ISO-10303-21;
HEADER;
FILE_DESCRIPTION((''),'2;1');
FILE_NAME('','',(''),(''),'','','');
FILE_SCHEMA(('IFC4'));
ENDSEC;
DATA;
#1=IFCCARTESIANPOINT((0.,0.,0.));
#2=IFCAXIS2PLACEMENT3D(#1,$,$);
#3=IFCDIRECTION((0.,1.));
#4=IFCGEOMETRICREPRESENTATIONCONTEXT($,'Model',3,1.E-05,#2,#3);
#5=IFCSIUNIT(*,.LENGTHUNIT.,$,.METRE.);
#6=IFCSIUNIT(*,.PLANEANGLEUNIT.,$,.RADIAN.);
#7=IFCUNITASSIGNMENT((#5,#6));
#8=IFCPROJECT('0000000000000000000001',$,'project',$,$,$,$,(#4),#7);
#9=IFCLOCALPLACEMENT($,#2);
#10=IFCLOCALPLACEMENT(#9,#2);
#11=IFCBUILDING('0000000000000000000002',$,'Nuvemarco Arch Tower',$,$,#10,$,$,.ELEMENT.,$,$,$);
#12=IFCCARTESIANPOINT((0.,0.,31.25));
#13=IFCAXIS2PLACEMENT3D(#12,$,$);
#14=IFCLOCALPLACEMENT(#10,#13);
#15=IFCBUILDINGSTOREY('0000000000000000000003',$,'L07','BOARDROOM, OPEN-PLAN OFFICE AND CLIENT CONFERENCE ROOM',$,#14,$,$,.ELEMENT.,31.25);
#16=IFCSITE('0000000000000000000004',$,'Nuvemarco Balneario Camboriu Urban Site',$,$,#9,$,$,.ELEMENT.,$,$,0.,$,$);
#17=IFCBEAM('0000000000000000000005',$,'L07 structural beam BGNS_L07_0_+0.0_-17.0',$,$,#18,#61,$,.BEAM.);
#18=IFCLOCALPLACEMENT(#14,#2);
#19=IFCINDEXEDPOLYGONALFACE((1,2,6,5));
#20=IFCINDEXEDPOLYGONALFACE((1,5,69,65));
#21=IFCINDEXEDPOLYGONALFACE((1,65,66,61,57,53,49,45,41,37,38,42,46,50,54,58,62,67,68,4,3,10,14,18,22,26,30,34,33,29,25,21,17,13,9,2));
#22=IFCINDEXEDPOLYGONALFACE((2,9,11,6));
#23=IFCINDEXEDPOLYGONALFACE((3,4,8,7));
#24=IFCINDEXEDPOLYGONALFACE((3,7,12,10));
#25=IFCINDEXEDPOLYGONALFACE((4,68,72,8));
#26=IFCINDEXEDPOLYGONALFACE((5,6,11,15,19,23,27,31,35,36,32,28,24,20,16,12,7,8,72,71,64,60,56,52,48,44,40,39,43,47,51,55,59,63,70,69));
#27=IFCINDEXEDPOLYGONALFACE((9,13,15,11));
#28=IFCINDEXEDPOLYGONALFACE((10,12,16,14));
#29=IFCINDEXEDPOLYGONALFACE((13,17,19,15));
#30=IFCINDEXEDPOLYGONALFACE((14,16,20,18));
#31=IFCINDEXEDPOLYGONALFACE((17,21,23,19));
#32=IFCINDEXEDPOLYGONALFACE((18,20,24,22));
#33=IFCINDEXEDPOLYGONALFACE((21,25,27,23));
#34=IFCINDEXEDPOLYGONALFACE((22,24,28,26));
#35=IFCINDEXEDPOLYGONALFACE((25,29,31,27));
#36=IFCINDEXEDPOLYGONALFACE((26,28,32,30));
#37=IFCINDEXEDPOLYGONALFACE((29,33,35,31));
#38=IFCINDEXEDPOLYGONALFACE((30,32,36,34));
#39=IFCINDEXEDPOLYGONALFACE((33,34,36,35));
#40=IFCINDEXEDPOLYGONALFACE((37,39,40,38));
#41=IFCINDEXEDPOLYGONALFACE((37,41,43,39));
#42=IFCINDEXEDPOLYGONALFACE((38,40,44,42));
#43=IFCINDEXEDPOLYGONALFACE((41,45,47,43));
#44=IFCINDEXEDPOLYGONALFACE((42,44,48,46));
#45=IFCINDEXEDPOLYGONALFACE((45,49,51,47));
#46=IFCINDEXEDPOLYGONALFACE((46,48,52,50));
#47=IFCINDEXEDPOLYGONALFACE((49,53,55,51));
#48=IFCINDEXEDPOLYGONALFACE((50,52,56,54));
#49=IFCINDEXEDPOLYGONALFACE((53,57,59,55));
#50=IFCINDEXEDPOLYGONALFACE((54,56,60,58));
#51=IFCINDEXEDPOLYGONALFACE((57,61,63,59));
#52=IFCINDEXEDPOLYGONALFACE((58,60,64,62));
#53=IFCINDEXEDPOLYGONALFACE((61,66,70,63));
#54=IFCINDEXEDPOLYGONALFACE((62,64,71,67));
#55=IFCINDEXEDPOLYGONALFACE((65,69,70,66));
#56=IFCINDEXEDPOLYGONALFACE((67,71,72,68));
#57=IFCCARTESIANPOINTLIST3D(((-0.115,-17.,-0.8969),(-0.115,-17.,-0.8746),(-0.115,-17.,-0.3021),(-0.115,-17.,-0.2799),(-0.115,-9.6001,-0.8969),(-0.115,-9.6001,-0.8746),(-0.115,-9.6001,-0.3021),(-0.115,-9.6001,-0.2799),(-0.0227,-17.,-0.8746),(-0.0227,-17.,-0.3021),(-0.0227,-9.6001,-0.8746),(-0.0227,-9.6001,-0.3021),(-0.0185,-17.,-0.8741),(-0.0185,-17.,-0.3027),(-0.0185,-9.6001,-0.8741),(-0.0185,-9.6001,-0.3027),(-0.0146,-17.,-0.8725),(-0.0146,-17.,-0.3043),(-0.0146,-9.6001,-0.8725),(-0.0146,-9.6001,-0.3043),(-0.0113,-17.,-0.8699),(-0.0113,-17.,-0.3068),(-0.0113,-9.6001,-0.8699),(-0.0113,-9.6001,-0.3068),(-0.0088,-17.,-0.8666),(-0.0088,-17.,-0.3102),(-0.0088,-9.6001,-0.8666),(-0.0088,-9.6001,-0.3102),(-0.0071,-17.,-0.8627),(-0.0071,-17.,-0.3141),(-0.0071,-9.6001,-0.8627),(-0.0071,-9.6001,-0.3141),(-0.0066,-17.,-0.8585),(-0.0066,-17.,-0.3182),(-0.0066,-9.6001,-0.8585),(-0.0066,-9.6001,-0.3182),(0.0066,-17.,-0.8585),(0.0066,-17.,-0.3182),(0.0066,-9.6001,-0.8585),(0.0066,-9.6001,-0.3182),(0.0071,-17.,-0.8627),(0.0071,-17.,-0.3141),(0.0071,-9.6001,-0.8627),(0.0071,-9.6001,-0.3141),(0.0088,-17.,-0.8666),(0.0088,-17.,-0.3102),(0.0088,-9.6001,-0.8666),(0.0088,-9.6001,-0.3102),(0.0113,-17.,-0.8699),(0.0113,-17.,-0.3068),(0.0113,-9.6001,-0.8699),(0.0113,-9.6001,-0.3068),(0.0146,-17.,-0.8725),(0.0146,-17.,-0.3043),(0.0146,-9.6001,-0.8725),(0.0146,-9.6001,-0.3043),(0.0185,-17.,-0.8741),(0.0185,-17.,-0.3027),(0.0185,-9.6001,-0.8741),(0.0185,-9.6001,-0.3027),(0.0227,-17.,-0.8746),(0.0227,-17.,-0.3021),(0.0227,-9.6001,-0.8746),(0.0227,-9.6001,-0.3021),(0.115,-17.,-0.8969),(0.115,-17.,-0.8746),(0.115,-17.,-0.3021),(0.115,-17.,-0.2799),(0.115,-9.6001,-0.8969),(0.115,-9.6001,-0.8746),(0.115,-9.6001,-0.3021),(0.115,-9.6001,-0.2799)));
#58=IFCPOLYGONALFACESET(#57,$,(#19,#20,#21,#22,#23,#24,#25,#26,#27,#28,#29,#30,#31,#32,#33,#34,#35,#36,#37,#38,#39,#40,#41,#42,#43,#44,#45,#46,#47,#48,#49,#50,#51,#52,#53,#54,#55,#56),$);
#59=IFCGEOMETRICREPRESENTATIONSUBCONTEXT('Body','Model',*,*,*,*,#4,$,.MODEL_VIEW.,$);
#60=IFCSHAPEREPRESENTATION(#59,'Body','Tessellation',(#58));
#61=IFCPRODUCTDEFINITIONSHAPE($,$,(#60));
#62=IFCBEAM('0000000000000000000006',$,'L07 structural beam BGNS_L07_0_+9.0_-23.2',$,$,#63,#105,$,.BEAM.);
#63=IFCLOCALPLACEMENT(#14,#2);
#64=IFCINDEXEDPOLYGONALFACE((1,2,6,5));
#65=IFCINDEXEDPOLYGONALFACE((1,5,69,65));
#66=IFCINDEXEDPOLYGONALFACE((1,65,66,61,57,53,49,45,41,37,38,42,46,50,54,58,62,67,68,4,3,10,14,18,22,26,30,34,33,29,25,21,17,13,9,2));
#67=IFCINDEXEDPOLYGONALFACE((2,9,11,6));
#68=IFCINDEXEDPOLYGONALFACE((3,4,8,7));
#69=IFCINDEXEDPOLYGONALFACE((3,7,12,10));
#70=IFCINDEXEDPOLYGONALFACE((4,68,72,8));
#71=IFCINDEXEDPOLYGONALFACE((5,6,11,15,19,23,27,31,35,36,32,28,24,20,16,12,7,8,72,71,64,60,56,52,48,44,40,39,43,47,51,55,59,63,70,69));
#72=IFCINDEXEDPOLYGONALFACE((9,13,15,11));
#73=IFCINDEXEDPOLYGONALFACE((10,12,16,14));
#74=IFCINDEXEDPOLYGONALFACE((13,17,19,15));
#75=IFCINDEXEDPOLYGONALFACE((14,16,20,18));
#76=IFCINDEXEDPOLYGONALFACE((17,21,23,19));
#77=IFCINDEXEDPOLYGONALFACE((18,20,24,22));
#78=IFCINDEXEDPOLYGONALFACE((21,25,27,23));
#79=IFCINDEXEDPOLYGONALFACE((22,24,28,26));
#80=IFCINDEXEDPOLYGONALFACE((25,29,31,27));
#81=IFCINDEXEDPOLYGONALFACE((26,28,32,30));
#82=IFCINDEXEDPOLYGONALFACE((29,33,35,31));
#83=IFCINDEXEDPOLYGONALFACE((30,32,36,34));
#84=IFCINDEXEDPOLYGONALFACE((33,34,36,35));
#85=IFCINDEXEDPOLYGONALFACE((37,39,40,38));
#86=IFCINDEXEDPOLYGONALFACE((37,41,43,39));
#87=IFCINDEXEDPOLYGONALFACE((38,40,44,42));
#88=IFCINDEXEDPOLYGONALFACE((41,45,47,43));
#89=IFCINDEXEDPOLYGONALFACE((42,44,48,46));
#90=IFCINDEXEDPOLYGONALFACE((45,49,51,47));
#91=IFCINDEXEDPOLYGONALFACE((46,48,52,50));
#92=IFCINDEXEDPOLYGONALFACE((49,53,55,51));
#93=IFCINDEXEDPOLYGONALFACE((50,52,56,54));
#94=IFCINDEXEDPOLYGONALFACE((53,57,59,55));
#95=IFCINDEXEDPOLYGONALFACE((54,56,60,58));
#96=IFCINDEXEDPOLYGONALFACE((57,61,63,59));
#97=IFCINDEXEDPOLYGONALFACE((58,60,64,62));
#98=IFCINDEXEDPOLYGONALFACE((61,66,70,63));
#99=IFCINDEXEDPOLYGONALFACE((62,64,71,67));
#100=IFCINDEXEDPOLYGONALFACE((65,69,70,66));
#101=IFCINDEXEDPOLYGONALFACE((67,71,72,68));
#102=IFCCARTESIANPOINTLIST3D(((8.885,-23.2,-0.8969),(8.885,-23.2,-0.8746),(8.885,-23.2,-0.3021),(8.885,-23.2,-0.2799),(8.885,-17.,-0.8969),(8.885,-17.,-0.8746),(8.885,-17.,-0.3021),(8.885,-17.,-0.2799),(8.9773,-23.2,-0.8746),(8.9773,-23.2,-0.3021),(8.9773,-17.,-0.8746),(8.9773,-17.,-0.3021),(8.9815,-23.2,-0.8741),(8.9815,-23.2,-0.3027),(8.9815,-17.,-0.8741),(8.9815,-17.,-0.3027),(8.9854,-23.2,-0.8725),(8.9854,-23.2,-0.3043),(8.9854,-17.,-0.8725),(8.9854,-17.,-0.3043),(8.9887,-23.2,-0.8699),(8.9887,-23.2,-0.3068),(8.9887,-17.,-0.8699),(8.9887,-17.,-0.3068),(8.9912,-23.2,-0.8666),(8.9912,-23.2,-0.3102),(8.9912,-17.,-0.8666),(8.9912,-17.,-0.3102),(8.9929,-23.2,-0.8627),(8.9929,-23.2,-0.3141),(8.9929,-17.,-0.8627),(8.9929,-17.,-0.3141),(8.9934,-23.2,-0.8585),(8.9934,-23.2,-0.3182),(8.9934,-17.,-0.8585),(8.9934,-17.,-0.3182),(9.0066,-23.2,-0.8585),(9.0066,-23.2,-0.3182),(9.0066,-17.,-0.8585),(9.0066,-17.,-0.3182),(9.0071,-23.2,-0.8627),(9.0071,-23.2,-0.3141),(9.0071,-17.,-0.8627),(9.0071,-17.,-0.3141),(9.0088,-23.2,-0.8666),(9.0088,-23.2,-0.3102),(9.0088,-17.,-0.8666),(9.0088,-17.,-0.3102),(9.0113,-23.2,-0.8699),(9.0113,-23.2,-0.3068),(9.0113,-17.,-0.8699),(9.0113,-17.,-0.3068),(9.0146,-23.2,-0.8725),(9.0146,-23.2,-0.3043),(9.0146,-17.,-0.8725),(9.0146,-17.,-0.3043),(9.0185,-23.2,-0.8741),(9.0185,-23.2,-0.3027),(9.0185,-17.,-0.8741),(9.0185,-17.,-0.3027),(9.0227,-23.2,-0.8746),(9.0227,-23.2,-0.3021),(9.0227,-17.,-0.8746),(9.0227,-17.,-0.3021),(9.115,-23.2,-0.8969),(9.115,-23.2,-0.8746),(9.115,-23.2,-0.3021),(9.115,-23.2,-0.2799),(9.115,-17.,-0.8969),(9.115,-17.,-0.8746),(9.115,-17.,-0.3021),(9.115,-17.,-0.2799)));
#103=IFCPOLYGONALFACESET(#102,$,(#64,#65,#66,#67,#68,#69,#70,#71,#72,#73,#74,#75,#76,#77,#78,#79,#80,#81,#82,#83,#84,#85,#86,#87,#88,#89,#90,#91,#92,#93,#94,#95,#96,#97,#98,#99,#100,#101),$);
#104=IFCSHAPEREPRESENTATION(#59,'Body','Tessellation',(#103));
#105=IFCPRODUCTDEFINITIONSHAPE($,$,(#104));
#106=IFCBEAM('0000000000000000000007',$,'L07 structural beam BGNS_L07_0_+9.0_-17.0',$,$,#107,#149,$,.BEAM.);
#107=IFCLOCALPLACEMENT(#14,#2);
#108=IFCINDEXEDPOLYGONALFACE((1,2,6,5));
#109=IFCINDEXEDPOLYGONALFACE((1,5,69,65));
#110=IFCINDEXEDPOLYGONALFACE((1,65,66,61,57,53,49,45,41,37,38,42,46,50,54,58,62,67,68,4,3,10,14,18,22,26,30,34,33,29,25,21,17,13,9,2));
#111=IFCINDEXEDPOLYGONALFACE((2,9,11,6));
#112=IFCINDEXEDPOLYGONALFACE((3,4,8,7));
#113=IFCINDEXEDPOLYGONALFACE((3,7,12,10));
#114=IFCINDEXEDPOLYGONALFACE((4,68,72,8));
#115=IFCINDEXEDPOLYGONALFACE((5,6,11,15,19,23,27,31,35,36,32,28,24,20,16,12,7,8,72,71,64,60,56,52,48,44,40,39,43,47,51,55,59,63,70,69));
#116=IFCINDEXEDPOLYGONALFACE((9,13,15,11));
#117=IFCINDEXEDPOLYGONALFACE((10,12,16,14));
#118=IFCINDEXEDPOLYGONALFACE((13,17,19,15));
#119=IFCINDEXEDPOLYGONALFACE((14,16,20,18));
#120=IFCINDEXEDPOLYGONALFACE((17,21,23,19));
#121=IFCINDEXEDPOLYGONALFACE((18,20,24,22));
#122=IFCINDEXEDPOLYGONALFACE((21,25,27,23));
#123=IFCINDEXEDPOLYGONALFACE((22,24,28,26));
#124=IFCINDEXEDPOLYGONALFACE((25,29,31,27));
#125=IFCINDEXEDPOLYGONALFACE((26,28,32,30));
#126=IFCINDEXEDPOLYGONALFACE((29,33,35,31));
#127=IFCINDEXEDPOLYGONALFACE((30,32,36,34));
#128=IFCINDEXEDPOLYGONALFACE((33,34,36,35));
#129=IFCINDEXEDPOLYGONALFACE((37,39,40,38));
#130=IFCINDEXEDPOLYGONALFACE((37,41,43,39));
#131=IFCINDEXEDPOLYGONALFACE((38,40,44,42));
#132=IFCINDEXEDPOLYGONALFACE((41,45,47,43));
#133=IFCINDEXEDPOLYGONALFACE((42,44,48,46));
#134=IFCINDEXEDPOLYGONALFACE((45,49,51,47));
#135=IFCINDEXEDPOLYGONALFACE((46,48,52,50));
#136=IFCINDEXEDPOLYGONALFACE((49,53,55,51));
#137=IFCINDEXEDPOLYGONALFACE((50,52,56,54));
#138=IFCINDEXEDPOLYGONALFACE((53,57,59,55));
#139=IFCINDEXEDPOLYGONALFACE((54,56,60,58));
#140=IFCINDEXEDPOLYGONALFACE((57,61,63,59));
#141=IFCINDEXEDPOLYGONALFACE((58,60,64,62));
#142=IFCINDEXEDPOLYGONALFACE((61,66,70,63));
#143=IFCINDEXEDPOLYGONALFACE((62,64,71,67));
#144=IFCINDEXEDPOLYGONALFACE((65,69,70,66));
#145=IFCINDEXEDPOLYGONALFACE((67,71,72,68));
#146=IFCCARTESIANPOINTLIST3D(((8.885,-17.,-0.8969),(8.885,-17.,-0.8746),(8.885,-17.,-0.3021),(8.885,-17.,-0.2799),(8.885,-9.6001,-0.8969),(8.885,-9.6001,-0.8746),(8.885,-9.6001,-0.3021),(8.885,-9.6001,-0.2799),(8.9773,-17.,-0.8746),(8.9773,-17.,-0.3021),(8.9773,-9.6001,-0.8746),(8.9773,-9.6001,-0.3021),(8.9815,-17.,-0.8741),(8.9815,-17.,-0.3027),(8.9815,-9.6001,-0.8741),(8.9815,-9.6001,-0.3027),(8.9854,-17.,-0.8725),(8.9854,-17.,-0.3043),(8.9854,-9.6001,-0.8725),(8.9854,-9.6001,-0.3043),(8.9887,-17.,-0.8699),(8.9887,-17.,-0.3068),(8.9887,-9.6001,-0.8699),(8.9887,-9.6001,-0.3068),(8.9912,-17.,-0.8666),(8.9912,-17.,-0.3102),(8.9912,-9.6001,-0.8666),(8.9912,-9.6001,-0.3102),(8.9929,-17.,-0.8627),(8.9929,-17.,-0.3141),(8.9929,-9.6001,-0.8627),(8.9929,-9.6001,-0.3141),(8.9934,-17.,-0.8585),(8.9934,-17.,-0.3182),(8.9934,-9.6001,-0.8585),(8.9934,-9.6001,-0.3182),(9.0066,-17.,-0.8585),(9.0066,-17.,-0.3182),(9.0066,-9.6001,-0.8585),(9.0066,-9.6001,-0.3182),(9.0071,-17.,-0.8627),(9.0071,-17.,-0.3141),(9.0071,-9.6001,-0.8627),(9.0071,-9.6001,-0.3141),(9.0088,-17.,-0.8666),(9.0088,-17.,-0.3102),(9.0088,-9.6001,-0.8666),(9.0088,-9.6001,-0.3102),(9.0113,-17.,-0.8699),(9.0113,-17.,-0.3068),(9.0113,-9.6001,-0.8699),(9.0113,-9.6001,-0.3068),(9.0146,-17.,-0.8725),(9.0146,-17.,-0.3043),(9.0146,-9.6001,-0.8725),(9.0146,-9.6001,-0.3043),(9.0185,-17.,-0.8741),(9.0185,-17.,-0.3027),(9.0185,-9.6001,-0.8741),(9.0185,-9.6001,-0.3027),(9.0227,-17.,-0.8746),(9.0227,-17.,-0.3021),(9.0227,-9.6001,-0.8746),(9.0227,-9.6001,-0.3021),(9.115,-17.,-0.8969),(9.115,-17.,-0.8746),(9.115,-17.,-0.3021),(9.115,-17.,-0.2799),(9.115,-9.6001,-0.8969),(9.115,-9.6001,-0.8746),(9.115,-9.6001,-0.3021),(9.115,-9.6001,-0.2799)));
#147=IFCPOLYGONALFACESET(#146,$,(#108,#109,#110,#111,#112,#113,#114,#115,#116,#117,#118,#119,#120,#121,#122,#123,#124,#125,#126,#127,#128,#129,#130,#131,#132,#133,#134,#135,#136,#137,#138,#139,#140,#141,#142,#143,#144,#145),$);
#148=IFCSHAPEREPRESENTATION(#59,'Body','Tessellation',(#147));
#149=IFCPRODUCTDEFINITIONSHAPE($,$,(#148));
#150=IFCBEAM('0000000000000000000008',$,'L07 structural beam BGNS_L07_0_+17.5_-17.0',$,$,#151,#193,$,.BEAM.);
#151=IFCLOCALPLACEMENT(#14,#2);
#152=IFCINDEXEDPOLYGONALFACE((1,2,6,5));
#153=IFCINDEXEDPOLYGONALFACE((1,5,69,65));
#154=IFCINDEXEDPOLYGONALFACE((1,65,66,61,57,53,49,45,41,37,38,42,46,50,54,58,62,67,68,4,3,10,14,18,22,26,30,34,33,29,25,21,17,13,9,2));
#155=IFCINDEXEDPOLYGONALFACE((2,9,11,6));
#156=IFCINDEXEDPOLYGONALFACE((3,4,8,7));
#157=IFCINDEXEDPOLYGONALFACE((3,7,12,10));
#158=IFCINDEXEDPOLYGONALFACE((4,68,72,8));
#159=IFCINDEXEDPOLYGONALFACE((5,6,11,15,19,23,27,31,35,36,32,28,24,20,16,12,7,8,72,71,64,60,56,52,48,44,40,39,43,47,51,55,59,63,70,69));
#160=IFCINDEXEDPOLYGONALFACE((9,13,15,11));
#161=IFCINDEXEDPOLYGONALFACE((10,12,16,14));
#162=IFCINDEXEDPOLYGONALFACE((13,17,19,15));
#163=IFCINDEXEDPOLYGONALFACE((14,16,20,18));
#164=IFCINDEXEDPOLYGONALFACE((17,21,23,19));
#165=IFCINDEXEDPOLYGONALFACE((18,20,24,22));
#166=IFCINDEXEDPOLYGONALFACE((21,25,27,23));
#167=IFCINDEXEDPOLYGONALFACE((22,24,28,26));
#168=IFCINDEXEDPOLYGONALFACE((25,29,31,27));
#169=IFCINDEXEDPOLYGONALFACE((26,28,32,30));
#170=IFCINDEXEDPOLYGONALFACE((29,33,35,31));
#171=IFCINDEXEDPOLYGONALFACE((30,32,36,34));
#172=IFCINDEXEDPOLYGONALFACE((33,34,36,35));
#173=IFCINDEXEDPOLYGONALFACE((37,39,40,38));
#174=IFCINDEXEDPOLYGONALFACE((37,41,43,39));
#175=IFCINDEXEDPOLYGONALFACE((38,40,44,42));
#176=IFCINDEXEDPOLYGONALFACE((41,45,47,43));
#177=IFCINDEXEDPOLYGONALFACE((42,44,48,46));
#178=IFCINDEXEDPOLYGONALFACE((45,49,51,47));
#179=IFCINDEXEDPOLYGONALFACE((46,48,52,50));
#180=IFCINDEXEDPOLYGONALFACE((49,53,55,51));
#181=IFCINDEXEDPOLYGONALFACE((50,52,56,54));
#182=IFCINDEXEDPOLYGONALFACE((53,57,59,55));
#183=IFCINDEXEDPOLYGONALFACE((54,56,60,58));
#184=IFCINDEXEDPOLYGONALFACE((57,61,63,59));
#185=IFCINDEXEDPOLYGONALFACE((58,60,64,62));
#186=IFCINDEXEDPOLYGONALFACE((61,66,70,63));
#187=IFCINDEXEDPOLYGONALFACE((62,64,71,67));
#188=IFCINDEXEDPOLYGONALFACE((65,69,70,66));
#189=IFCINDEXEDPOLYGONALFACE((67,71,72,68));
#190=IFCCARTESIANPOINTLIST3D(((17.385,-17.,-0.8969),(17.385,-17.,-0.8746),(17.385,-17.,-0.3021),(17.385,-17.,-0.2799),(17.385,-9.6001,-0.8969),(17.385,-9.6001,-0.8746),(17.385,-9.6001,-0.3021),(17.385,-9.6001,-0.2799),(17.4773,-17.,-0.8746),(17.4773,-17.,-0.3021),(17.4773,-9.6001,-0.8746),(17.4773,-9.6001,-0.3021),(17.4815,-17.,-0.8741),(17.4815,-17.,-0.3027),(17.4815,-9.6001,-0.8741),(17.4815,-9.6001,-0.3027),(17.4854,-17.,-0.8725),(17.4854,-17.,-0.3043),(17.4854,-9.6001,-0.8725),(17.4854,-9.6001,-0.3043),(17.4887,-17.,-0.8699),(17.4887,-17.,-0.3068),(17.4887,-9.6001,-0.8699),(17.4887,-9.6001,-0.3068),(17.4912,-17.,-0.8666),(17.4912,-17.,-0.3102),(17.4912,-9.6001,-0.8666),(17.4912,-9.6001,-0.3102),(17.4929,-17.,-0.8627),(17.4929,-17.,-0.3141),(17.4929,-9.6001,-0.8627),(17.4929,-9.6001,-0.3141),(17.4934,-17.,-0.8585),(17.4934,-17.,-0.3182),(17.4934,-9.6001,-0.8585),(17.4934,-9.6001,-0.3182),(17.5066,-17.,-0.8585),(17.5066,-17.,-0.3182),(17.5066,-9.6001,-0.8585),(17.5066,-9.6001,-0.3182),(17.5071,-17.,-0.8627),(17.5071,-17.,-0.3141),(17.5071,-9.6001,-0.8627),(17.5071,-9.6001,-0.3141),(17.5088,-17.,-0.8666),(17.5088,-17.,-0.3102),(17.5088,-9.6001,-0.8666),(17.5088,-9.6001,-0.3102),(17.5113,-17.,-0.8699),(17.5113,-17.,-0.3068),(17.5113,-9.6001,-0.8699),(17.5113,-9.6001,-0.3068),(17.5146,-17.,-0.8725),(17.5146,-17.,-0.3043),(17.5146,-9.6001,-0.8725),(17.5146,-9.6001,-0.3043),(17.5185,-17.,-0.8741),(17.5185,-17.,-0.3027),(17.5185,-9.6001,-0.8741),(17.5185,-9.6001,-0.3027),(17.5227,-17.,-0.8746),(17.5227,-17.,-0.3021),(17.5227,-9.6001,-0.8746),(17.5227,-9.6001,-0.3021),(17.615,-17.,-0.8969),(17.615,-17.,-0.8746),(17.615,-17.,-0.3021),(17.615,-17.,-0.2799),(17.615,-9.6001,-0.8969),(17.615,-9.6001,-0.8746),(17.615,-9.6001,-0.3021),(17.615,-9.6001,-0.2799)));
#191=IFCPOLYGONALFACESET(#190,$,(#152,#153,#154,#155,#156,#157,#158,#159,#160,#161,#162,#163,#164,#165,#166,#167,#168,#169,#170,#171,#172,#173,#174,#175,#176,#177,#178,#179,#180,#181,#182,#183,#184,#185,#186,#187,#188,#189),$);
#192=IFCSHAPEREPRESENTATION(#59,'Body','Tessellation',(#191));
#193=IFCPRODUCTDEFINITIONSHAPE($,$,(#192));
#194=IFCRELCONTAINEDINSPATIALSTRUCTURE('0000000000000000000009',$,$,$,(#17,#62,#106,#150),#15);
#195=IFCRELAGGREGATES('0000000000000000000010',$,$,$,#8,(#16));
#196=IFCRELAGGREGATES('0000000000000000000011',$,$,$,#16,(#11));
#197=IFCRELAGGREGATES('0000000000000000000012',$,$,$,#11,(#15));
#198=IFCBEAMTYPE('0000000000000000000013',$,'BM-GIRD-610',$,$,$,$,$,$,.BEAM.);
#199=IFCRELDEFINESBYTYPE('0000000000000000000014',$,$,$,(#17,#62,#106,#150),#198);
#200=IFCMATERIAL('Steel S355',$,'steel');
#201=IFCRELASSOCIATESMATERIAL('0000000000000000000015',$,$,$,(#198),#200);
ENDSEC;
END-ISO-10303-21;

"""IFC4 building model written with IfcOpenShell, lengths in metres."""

from ifc_helpers import new_model, si_unit, direction, frame, origin, origin_2d, place, context, subcontext, project, spatial, i_section, extrude, material, material_profile, profile_set, type_object, element, save


model = new_model("IFC4")

# Units and contexts
model_context = context("Model", 3, precision=1e-05, world=origin(), true_north=direction((0.0, 1.0)))
body_context = subcontext(model_context, "Body", "Model", "MODEL_VIEW")
ifc_project = project(units=[si_unit("LENGTHUNIT", "METRE"), si_unit("PLANEANGLEUNIT", "RADIAN")], contexts=[model_context])

# Site, building, storey
site_placement = place(None, origin())
site = spatial("IfcSite", under=ifc_project, at=site_placement, Name="Nuvemarco Balneario Camboriu Urban Site", CompositionType="ELEMENT", RefElevation=0.0)
building_placement = place(site_placement, origin())
building = spatial("IfcBuilding", under=site, at=building_placement, Name="Nuvemarco Arch Tower", CompositionType="ELEMENT")
storey_placement = place(building_placement, frame((0.0, 0.0, 31.25)))
storey = spatial("IfcBuildingStorey", under=building, at=storey_placement, Name="L07", Description="BOARDROOM, OPEN-PLAN OFFICE AND CLIENT CONFERENCE ROOM", CompositionType="ELEMENT", Elevation=31.25)

# Shared definitions
ifc_material_1 = material(Name="Steel S355", Category="steel")

# Beams
ifc_material_profile_1 = material_profile(ifc_material_1, i_section(OverallWidth=0.23, OverallDepth=0.6169, WebThickness=0.0132, FlangeThickness=0.0222, FilletRadius=0.0161, at=origin_2d()), Name="W610x140")
ifc_profile_set_1 = profile_set([ifc_material_profile_1], Name="Steel S355")
beam_type_1 = type_object("IfcBeamType", Name="BM-GIRD-610", PredefinedType="BEAM", material=ifc_profile_set_1)
beam_1_placement = place(storey_placement, frame((0.0, -17.0, -0.5884), z_axis=(0.0, 1.0, 0.0), x_axis=(-1.0, 0.0, 0.0)))
element("IfcBeam", 1, at=beam_1_placement, inside=storey, type_object=beam_type_1, Name="L07 structural beam BGNS_L07_0_+0.0_-17.0", PredefinedType="BEAM", context=body_context, shape_type="SweptSolid", body=[
    extrude(i_section(OverallWidth=0.23, OverallDepth=0.6169, WebThickness=0.0132, FlangeThickness=0.0222, FilletRadius=0.0161, at=origin_2d()), origin(), (0.0, 0.0, 1.0), 7.3999),
])
beam_2_placement = place(storey_placement, frame((9.0, -23.2, -0.5884), z_axis=(0.0, 1.0, 0.0), x_axis=(-1.0, 0.0, 0.0)))
element("IfcBeam", 2, at=beam_2_placement, inside=storey, type_object=beam_type_1, Name="L07 structural beam BGNS_L07_0_+9.0_-23.2", PredefinedType="BEAM", context=body_context, shape_type="SweptSolid", body=[
    extrude(i_section(OverallWidth=0.23, OverallDepth=0.6169, WebThickness=0.0132, FlangeThickness=0.0222, FilletRadius=0.0161, at=origin_2d()), origin(), (0.0, 0.0, 1.0), 6.2),
])
for number, where, z_axis, x_axis, name in (
    (3, (9.0, -17.0, -0.5884), (0.0, 1.0, 0.0), (-1.0, 0.0, 0.0), "L07 structural beam BGNS_L07_0_+9.0_-17.0"),
    (4, (17.5, -17.0, -0.5884), (0.0, 1.0, 0.0), (-1.0, 0.0, 0.0), "L07 structural beam BGNS_L07_0_+17.5_-17.0"),
):
    element("IfcBeam", number, at=place(storey_placement, frame(where, z_axis=z_axis, x_axis=x_axis)), inside=storey, type_object=beam_type_1, Name=name, PredefinedType="BEAM", context=body_context, shape_type="SweptSolid", body=[
        extrude(i_section(OverallWidth=0.23, OverallDepth=0.6169, WebThickness=0.0132, FlangeThickness=0.0222, FilletRadius=0.0161, at=origin_2d()), origin(), (0.0, 0.0, 1.0), 7.3999),
    ])

save(model, "model.ifc")
